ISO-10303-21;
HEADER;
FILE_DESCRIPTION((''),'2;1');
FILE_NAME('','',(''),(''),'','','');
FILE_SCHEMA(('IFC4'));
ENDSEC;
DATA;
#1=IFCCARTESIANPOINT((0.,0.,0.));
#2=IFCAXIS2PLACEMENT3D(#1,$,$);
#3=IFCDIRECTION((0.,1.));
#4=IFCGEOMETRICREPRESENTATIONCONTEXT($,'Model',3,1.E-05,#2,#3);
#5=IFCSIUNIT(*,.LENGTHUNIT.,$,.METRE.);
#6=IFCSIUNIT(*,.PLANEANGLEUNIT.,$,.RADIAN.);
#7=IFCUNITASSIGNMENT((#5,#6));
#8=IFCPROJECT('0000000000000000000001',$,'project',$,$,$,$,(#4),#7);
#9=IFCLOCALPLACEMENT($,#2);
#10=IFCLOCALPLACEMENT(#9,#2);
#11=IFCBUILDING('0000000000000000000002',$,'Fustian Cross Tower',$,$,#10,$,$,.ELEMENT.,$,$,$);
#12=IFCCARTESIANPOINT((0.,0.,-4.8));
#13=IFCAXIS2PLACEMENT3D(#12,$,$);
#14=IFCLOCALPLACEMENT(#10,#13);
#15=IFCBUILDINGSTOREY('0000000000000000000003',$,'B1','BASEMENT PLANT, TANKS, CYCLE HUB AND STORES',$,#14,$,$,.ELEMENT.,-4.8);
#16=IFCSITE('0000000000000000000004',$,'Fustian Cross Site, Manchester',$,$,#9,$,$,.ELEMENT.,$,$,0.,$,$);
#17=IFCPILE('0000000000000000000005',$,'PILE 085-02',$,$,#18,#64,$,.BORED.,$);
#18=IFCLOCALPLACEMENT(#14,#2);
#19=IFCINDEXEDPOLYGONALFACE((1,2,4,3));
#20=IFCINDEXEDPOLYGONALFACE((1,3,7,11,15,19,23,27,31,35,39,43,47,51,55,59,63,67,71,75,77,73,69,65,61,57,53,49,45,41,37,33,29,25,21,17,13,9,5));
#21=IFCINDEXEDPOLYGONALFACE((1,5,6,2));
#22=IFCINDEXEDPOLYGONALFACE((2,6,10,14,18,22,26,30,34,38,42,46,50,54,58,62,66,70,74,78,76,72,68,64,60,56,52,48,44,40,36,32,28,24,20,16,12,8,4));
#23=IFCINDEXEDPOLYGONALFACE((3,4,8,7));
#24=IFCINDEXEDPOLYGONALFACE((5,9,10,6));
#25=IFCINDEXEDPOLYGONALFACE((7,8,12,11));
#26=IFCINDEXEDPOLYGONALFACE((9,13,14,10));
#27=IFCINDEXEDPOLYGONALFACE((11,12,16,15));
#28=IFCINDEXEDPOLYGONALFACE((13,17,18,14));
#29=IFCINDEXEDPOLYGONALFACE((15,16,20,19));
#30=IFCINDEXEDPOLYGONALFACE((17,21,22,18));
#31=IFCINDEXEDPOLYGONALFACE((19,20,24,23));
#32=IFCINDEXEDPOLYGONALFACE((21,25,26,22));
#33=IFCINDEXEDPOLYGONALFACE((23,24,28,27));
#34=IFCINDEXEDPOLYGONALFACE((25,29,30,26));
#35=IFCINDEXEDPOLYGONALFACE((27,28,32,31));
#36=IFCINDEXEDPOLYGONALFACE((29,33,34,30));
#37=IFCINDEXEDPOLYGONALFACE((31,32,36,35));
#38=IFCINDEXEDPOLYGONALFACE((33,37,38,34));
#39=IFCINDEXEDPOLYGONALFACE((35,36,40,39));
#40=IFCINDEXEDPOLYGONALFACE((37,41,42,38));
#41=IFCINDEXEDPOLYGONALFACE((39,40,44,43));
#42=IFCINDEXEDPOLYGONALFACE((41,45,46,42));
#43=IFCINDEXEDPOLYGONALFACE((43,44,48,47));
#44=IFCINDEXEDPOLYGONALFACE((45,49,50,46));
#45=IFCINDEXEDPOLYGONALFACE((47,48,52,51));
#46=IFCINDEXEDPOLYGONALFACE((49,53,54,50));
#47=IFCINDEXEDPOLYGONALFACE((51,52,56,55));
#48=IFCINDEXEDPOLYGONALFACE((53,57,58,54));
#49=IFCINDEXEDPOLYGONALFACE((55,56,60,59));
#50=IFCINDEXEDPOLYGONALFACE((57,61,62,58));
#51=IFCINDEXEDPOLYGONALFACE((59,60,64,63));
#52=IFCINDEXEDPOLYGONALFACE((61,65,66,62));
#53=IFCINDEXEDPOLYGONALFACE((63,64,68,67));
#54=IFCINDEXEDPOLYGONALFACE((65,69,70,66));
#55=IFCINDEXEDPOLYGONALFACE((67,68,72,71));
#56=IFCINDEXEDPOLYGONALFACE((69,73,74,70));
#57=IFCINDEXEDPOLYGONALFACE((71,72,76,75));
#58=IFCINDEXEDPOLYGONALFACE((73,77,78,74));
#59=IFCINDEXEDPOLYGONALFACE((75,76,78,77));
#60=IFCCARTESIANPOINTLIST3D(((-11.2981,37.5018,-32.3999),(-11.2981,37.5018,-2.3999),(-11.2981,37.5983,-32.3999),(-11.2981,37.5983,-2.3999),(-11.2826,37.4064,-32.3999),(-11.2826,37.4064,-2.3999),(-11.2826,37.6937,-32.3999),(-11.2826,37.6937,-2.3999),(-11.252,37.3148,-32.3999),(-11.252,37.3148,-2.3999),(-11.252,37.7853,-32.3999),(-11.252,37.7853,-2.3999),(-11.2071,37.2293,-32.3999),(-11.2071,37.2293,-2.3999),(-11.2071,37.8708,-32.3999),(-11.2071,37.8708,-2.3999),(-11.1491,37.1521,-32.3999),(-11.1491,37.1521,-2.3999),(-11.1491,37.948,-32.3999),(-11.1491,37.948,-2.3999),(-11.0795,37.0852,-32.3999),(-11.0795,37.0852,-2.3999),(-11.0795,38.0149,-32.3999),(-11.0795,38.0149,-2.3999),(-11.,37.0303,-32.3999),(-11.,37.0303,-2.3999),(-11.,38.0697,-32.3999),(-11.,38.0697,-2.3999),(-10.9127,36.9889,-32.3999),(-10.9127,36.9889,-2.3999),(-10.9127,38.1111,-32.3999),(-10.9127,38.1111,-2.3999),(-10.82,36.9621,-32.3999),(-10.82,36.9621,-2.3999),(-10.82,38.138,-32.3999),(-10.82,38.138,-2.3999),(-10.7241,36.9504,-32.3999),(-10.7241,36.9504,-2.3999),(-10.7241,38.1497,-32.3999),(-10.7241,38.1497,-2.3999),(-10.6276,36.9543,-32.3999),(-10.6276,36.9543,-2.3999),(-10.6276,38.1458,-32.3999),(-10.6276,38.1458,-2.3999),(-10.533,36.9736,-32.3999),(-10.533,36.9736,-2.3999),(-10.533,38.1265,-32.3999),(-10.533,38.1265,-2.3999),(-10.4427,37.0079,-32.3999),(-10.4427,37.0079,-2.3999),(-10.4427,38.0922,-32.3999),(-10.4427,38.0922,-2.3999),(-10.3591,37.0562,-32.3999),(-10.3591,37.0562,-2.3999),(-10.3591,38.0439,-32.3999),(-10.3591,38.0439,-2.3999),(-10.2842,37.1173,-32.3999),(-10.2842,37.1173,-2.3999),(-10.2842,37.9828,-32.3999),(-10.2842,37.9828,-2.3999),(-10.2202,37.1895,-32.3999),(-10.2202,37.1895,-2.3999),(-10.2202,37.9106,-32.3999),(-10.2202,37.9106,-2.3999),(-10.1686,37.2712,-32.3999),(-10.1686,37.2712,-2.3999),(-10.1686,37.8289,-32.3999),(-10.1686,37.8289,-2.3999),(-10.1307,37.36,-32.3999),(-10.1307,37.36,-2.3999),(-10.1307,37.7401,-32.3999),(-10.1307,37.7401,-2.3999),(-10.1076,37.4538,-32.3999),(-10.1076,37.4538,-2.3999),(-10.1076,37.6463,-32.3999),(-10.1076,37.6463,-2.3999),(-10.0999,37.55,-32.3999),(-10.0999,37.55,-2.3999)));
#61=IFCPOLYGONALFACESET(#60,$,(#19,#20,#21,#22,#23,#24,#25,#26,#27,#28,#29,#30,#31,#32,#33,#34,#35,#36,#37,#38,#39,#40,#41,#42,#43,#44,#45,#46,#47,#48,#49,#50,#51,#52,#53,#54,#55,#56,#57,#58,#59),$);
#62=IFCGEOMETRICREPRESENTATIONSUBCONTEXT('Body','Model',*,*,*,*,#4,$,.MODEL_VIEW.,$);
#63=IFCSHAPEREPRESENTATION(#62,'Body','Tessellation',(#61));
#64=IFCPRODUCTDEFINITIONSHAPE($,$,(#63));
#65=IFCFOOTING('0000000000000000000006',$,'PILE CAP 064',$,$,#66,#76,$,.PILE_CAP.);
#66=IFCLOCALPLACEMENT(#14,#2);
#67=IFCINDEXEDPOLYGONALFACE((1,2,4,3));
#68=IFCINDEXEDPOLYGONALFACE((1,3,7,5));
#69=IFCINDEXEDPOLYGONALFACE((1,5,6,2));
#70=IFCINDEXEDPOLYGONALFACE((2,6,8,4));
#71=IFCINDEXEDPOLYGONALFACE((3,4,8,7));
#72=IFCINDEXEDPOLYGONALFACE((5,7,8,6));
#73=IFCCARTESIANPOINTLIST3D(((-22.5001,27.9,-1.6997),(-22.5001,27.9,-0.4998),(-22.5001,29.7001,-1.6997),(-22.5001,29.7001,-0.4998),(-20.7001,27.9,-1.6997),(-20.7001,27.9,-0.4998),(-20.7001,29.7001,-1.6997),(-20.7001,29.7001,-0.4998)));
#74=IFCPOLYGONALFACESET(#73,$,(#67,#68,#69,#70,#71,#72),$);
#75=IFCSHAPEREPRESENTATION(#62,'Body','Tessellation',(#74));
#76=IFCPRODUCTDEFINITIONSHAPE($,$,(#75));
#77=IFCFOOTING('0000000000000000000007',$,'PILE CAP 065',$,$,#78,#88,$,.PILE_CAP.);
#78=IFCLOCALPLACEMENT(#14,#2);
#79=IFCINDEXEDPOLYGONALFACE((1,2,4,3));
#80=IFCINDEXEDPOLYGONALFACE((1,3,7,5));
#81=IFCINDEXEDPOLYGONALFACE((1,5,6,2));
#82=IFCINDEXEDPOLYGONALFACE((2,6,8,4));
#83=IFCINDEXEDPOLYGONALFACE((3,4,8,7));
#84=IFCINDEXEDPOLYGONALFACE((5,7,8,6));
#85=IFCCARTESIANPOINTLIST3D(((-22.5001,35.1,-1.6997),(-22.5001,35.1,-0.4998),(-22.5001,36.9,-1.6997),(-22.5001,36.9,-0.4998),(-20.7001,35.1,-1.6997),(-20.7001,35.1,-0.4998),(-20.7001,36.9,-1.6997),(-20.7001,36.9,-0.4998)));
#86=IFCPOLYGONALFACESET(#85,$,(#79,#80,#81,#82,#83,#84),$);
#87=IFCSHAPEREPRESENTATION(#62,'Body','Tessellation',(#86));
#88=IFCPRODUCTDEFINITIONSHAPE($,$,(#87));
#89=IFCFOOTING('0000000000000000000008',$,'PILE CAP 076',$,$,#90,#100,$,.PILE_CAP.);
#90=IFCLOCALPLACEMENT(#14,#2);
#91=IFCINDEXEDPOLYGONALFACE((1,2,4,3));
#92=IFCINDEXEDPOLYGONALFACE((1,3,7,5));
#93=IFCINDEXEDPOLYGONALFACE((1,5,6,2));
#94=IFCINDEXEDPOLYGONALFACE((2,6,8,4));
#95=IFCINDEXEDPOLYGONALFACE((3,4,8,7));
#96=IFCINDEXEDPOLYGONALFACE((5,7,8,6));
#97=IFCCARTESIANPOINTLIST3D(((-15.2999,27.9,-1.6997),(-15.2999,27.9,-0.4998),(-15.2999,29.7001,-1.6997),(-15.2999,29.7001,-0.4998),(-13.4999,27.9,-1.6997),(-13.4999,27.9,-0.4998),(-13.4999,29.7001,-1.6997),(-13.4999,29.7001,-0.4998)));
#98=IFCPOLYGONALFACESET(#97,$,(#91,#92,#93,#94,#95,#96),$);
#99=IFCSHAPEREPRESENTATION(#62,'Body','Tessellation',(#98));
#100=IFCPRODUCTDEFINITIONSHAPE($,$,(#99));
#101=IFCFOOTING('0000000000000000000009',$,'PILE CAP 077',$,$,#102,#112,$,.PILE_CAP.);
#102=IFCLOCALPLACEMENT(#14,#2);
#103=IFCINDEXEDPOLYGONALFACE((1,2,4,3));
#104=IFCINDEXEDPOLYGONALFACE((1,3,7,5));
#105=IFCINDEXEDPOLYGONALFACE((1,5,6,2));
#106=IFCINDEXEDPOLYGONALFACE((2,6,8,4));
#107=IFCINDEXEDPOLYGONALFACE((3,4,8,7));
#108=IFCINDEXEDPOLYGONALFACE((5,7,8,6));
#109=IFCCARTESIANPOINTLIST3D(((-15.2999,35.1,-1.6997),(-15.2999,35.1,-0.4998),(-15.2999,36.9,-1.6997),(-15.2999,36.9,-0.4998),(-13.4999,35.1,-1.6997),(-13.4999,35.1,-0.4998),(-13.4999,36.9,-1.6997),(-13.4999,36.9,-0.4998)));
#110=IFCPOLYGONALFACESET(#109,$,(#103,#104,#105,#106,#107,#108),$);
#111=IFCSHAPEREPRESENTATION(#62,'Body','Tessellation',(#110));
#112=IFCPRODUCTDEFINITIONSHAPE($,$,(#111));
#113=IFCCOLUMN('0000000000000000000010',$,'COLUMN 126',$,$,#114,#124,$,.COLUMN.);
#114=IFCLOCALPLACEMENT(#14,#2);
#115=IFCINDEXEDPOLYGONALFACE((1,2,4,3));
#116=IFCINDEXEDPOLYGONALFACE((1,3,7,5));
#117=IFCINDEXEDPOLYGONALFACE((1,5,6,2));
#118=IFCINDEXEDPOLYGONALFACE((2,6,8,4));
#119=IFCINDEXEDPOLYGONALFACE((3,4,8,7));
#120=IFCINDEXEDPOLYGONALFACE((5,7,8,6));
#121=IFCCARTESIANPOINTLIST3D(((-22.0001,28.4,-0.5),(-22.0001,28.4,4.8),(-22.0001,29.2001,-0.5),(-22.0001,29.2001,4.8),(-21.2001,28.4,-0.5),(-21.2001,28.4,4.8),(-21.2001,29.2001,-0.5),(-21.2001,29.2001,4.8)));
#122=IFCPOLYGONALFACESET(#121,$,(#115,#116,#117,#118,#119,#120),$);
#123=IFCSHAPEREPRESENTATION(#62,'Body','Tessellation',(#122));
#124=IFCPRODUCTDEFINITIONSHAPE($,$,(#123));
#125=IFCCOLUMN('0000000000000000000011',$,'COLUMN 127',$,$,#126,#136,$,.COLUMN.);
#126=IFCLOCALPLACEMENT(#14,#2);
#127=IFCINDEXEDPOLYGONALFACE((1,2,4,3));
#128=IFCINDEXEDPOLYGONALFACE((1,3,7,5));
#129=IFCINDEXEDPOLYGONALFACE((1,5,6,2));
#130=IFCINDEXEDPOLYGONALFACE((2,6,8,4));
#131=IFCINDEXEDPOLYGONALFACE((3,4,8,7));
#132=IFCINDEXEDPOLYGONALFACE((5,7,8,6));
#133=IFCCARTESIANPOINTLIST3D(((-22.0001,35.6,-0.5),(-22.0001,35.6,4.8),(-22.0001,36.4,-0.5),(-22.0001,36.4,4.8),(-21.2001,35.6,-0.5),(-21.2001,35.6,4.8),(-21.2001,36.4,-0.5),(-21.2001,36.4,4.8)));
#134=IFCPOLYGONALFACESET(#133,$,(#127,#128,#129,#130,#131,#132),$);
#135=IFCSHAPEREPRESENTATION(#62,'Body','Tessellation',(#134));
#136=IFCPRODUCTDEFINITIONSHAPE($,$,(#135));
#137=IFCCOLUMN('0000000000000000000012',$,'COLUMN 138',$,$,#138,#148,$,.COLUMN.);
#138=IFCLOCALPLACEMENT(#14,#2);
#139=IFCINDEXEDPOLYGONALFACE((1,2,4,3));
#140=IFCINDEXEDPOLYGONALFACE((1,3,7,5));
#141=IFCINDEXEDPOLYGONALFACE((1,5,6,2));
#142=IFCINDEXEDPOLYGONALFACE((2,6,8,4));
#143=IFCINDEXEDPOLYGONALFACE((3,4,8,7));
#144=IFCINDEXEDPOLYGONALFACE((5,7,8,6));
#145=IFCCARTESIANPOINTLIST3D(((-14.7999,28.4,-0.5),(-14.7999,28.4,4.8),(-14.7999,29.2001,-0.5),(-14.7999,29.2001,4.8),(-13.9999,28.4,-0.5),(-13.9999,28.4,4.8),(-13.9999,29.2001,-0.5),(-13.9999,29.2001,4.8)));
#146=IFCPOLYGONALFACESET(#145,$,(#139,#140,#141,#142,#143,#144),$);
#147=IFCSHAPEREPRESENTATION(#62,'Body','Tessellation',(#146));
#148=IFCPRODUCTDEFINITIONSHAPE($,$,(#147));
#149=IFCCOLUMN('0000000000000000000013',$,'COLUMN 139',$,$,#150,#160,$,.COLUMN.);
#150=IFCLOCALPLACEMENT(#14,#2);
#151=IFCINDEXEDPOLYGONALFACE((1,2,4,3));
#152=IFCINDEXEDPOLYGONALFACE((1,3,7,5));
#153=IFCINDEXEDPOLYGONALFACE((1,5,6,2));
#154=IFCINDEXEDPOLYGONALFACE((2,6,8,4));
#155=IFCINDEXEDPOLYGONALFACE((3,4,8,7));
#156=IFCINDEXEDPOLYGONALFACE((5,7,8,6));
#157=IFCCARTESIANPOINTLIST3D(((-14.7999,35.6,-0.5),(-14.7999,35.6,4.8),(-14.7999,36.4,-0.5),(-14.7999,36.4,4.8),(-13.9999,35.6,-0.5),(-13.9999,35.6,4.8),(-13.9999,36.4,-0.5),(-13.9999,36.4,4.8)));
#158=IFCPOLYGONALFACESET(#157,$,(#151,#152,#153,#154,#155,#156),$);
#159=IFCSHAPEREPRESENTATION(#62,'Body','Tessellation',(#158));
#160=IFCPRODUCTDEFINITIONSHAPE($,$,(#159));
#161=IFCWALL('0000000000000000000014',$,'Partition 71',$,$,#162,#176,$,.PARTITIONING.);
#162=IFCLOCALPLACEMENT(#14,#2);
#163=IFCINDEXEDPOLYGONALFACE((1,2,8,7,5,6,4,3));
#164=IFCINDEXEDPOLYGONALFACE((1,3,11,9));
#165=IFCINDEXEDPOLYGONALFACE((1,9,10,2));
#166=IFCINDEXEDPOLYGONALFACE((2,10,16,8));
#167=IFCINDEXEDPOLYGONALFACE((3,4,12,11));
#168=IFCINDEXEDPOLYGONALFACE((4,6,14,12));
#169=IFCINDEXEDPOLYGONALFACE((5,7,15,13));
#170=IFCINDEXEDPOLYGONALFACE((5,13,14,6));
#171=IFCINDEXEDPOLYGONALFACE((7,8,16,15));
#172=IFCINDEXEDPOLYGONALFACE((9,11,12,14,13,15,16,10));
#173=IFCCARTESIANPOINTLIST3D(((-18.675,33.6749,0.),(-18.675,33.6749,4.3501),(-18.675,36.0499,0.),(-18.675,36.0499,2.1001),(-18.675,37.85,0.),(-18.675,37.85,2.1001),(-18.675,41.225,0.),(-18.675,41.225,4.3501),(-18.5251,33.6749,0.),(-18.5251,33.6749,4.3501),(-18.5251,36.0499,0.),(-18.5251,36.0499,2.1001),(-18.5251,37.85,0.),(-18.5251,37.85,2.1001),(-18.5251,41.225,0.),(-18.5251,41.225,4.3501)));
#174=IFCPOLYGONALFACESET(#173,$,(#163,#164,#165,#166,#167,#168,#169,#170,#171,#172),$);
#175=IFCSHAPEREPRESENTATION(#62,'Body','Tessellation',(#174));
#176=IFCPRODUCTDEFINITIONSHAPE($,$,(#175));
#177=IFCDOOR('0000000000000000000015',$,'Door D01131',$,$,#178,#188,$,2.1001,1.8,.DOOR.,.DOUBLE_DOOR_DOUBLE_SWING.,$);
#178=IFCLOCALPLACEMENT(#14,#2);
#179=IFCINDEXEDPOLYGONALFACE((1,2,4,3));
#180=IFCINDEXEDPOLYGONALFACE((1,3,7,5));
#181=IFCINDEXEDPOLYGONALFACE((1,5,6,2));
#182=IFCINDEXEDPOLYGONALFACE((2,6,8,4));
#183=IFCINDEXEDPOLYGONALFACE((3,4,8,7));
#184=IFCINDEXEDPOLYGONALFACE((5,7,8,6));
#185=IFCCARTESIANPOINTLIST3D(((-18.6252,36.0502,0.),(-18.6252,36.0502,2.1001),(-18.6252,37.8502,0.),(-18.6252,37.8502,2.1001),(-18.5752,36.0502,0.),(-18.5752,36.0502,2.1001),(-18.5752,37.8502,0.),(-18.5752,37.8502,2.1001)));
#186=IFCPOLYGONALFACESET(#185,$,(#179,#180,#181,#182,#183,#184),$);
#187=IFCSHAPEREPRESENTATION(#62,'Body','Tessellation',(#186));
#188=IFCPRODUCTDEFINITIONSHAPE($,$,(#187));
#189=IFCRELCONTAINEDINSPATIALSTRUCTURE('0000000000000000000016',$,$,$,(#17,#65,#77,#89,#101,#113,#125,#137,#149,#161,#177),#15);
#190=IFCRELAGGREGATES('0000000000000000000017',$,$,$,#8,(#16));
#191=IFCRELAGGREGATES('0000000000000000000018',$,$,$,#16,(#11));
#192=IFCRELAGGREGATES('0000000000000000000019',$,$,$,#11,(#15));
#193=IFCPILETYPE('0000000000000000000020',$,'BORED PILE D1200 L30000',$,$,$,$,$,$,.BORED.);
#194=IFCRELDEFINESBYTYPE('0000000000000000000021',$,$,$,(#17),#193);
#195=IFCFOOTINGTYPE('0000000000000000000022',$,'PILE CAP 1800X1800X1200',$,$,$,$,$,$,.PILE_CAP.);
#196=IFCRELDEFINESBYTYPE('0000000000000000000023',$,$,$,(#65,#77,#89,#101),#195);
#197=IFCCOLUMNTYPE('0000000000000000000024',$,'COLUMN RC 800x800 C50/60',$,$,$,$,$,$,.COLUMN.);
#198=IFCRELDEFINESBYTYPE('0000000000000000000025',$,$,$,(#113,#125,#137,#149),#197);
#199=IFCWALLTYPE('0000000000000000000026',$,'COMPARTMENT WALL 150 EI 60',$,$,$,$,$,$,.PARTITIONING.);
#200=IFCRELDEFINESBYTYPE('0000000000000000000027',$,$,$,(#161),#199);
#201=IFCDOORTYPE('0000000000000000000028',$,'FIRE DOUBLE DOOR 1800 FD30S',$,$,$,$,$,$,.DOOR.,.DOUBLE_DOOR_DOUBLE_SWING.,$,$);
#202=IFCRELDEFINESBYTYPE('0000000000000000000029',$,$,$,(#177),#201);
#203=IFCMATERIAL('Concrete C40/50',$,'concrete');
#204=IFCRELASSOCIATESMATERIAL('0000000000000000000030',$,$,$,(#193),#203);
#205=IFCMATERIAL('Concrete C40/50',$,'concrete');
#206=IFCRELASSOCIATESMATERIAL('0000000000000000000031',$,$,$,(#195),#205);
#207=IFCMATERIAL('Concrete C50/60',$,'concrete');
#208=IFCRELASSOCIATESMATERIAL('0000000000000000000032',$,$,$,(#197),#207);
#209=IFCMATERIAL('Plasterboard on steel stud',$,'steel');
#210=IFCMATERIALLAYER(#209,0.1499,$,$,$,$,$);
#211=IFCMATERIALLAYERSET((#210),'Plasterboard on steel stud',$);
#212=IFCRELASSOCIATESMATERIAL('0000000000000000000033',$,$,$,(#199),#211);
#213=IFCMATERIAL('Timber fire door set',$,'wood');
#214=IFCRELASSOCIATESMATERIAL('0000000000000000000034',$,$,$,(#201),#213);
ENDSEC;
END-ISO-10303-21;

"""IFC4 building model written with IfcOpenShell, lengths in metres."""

from ifc_helpers import new_model, si_unit, direction, frame, frame_2d, origin, origin_2d, place, context, subcontext, project, spatial, rectangle, circle, extrude, material, layer, layer_set, material_profile, profile_set, type_object, element, fill, save


model = new_model("IFC4")

# Units and contexts
model_context = context("Model", 3, precision=1e-05, world=origin(), true_north=direction((0.0, 1.0)))
body_context = subcontext(model_context, "Body", "Model", "MODEL_VIEW")
ifc_project = project(units=[si_unit("LENGTHUNIT", "METRE"), si_unit("PLANEANGLEUNIT", "RADIAN")], contexts=[model_context])

# Site, building, storey
site_placement = place(None, origin())
site = spatial("IfcSite", under=ifc_project, at=site_placement, Name="Fustian Cross Site, Manchester", CompositionType="ELEMENT", RefElevation=0.0)
building_placement = place(site_placement, origin())
building = spatial("IfcBuilding", under=site, at=building_placement, Name="Fustian Cross Tower", CompositionType="ELEMENT")
storey_placement = place(building_placement, frame((0.0, 0.0, -4.8)))
storey = spatial("IfcBuildingStorey", under=building, at=storey_placement, Name="B1", Description="BASEMENT PLANT, TANKS, CYCLE HUB AND STORES", CompositionType="ELEMENT", Elevation=-4.8)

# Pile
ifc_material_1 = material(Name="Concrete C40/50", Category="concrete")
ifc_material_profile_1 = material_profile(ifc_material_1, circle(Radius=0.6001, at=origin_2d()), Name="BORED PILE D1200 L30000")
ifc_profile_set_1 = profile_set([ifc_material_profile_1], Name="Concrete C40/50")
pile_type_1 = type_object("IfcPileType", Name="BORED PILE D1200 L30000", PredefinedType="BORED", material=ifc_profile_set_1)
for number, where, z_axis, x_axis, name in (
    (1, (-10.7, 37.55, -2.3999), (0.0, 0.0, -1.0), (1.0, 0.0, 0.0), "PILE 085-02"),
):
    element("IfcPile", number, at=place(storey_placement, frame(where, z_axis=z_axis, x_axis=x_axis)), inside=storey, type_object=pile_type_1, Name=name, PredefinedType="BORED", context=body_context, shape_type="SweptSolid", body=[
        extrude(circle(Radius=0.6001, at=origin_2d()), origin(), (0.0, 0.0, 1.0), 30.0),
    ])

# Footings
ifc_material_2 = material(Name="Concrete C40/50", Category="concrete")
footing_type = type_object("IfcFootingType", Name="PILE CAP 1800X1800X1200", PredefinedType="PILE_CAP", material=ifc_material_2)
for number, where, z_axis, x_axis, name in (
    (2, (-21.6001, 28.8, -1.6997), (0.0, 0.0, 1.0), (1.0, 0.0, 0.0), "PILE CAP 064"),
    (3, (-21.6001, 36.0, -1.6997), (0.0, 0.0, 1.0), (1.0, 0.0, 0.0), "PILE CAP 065"),
    (4, (-14.3999, 28.8, -1.6997), (0.0, 0.0, 1.0), (1.0, 0.0, 0.0), "PILE CAP 076"),
    (5, (-14.3999, 36.0, -1.6997), (0.0, 0.0, 1.0), (1.0, 0.0, 0.0), "PILE CAP 077"),
):
    element("IfcFooting", number, at=place(storey_placement, frame(where, z_axis=z_axis, x_axis=x_axis)), inside=storey, type_object=footing_type, Name=name, PredefinedType="PILE_CAP", context=body_context, shape_type="SweptSolid", body=[
        extrude(rectangle(XDim=1.8, YDim=1.8, at=origin_2d()), origin(), (0.0, 0.0, 1.0), 1.2),
    ])

# Columns
ifc_material_3 = material(Name="Concrete C50/60", Category="concrete")
ifc_material_profile_2 = material_profile(ifc_material_3, rectangle(XDim=0.8, YDim=0.8, at=origin_2d()), Name="RC 800x800")
ifc_profile_set_2 = profile_set([ifc_material_profile_2], Name="Concrete C50/60")
column_type = type_object("IfcColumnType", Name="COLUMN RC 800x800 C50/60", PredefinedType="COLUMN", material=ifc_profile_set_2)
for number, where, z_axis, x_axis, name in (
    (6, (-21.6001, 28.8, -0.5), (0.0, 0.0, 1.0), (1.0, 0.0, 0.0), "COLUMN 126"),
    (7, (-21.6001, 36.0, -0.5), (0.0, 0.0, 1.0), (1.0, 0.0, 0.0), "COLUMN 127"),
    (8, (-14.3999, 28.8, -0.5), (0.0, 0.0, 1.0), (1.0, 0.0, 0.0), "COLUMN 138"),
    (9, (-14.3999, 36.0, -0.5), (0.0, 0.0, 1.0), (1.0, 0.0, 0.0), "COLUMN 139"),
):
    element("IfcColumn", number, at=place(storey_placement, frame(where, z_axis=z_axis, x_axis=x_axis)), inside=storey, type_object=column_type, Name=name, PredefinedType="COLUMN", context=body_context, shape_type="SweptSolid", body=[
        extrude(rectangle(XDim=0.8, YDim=0.8, at=origin_2d()), origin(), (0.0, 0.0, 1.0), 5.3),
    ])

# Wall, opening, door
ifc_material_4 = material(Name="Plasterboard on steel stud", Category="steel")
ifc_layer = layer(ifc_material_4, 0.1499)
ifc_layer_set = layer_set([ifc_layer], Name="Plasterboard on steel stud")
wall_type = type_object("IfcWallType", Name="COMPARTMENT WALL 150 EI 60", PredefinedType="PARTITIONING", material=ifc_layer_set)
wall_1_placement = place(storey_placement, frame((-18.6001, 33.675, 0.0), z_axis=(0.0, 0.0, 1.0), x_axis=(0.0, 1.0, 0.0)))
wall_1 = element("IfcWall", 10, at=wall_1_placement, inside=storey, type_object=wall_type, Name="Partition 71", PredefinedType="PARTITIONING", context=body_context, shape_type="SweptSolid", body=[
    extrude(rectangle(XDim=7.55, YDim=0.1499, at=frame_2d((3.7749, 0.0))), origin(), (0.0, 0.0, 1.0), 4.3501),
])
opening_1_placement = place(wall_1_placement, frame((2.375, 0.0, 0.0)))
opening_1 = element("IfcOpeningElement", 11, at=opening_1_placement, cuts=wall_1, PredefinedType="OPENING", context=body_context, shape_type="SweptSolid", body=[
    extrude(rectangle(XDim=1.8, YDim=2.1001, at=frame_2d((0.8999, 1.05))), frame((0.0, 0.085, 0.0), z_axis=(0.0, -1.0, 0.0), x_axis=(1.0, 0.0, 0.0)), (0.0, 0.0, 1.0), 0.1699),
])
ifc_material_5 = material(Name="Timber fire door set", Category="wood")
door_type_1 = type_object("IfcDoorType", Name="FIRE DOUBLE DOOR 1800 FD30S", OperationType="DOUBLE_DOOR_DOUBLE_SWING", PredefinedType="DOOR", material=ifc_material_5)
door_1_placement = place(opening_1_placement, frame((1.8, 0.0, 0.0), z_axis=(0.0, 0.0, 1.0), x_axis=(-1.0, 0.0, 0.0)))
door_1 = element("IfcDoor", 12, at=door_1_placement, inside=storey, type_object=door_type_1, Name="Door D01131", OperationType="DOUBLE_DOOR_DOUBLE_SWING", OverallHeight=2.1001, OverallWidth=1.8, PredefinedType="DOOR", context=body_context, shape_type="SweptSolid", body=[
    extrude(rectangle(XDim=1.8, YDim=2.1001, at=frame_2d((0.8999, 1.05))), frame((0.0, 0.0249, 0.0), z_axis=(0.0, -1.0, 0.0), x_axis=(1.0, 0.0, 0.0)), (0.0, 0.0, 1.0), 0.05),
])
fill(opening_1, door_1)

save(model, "model.ifc")
